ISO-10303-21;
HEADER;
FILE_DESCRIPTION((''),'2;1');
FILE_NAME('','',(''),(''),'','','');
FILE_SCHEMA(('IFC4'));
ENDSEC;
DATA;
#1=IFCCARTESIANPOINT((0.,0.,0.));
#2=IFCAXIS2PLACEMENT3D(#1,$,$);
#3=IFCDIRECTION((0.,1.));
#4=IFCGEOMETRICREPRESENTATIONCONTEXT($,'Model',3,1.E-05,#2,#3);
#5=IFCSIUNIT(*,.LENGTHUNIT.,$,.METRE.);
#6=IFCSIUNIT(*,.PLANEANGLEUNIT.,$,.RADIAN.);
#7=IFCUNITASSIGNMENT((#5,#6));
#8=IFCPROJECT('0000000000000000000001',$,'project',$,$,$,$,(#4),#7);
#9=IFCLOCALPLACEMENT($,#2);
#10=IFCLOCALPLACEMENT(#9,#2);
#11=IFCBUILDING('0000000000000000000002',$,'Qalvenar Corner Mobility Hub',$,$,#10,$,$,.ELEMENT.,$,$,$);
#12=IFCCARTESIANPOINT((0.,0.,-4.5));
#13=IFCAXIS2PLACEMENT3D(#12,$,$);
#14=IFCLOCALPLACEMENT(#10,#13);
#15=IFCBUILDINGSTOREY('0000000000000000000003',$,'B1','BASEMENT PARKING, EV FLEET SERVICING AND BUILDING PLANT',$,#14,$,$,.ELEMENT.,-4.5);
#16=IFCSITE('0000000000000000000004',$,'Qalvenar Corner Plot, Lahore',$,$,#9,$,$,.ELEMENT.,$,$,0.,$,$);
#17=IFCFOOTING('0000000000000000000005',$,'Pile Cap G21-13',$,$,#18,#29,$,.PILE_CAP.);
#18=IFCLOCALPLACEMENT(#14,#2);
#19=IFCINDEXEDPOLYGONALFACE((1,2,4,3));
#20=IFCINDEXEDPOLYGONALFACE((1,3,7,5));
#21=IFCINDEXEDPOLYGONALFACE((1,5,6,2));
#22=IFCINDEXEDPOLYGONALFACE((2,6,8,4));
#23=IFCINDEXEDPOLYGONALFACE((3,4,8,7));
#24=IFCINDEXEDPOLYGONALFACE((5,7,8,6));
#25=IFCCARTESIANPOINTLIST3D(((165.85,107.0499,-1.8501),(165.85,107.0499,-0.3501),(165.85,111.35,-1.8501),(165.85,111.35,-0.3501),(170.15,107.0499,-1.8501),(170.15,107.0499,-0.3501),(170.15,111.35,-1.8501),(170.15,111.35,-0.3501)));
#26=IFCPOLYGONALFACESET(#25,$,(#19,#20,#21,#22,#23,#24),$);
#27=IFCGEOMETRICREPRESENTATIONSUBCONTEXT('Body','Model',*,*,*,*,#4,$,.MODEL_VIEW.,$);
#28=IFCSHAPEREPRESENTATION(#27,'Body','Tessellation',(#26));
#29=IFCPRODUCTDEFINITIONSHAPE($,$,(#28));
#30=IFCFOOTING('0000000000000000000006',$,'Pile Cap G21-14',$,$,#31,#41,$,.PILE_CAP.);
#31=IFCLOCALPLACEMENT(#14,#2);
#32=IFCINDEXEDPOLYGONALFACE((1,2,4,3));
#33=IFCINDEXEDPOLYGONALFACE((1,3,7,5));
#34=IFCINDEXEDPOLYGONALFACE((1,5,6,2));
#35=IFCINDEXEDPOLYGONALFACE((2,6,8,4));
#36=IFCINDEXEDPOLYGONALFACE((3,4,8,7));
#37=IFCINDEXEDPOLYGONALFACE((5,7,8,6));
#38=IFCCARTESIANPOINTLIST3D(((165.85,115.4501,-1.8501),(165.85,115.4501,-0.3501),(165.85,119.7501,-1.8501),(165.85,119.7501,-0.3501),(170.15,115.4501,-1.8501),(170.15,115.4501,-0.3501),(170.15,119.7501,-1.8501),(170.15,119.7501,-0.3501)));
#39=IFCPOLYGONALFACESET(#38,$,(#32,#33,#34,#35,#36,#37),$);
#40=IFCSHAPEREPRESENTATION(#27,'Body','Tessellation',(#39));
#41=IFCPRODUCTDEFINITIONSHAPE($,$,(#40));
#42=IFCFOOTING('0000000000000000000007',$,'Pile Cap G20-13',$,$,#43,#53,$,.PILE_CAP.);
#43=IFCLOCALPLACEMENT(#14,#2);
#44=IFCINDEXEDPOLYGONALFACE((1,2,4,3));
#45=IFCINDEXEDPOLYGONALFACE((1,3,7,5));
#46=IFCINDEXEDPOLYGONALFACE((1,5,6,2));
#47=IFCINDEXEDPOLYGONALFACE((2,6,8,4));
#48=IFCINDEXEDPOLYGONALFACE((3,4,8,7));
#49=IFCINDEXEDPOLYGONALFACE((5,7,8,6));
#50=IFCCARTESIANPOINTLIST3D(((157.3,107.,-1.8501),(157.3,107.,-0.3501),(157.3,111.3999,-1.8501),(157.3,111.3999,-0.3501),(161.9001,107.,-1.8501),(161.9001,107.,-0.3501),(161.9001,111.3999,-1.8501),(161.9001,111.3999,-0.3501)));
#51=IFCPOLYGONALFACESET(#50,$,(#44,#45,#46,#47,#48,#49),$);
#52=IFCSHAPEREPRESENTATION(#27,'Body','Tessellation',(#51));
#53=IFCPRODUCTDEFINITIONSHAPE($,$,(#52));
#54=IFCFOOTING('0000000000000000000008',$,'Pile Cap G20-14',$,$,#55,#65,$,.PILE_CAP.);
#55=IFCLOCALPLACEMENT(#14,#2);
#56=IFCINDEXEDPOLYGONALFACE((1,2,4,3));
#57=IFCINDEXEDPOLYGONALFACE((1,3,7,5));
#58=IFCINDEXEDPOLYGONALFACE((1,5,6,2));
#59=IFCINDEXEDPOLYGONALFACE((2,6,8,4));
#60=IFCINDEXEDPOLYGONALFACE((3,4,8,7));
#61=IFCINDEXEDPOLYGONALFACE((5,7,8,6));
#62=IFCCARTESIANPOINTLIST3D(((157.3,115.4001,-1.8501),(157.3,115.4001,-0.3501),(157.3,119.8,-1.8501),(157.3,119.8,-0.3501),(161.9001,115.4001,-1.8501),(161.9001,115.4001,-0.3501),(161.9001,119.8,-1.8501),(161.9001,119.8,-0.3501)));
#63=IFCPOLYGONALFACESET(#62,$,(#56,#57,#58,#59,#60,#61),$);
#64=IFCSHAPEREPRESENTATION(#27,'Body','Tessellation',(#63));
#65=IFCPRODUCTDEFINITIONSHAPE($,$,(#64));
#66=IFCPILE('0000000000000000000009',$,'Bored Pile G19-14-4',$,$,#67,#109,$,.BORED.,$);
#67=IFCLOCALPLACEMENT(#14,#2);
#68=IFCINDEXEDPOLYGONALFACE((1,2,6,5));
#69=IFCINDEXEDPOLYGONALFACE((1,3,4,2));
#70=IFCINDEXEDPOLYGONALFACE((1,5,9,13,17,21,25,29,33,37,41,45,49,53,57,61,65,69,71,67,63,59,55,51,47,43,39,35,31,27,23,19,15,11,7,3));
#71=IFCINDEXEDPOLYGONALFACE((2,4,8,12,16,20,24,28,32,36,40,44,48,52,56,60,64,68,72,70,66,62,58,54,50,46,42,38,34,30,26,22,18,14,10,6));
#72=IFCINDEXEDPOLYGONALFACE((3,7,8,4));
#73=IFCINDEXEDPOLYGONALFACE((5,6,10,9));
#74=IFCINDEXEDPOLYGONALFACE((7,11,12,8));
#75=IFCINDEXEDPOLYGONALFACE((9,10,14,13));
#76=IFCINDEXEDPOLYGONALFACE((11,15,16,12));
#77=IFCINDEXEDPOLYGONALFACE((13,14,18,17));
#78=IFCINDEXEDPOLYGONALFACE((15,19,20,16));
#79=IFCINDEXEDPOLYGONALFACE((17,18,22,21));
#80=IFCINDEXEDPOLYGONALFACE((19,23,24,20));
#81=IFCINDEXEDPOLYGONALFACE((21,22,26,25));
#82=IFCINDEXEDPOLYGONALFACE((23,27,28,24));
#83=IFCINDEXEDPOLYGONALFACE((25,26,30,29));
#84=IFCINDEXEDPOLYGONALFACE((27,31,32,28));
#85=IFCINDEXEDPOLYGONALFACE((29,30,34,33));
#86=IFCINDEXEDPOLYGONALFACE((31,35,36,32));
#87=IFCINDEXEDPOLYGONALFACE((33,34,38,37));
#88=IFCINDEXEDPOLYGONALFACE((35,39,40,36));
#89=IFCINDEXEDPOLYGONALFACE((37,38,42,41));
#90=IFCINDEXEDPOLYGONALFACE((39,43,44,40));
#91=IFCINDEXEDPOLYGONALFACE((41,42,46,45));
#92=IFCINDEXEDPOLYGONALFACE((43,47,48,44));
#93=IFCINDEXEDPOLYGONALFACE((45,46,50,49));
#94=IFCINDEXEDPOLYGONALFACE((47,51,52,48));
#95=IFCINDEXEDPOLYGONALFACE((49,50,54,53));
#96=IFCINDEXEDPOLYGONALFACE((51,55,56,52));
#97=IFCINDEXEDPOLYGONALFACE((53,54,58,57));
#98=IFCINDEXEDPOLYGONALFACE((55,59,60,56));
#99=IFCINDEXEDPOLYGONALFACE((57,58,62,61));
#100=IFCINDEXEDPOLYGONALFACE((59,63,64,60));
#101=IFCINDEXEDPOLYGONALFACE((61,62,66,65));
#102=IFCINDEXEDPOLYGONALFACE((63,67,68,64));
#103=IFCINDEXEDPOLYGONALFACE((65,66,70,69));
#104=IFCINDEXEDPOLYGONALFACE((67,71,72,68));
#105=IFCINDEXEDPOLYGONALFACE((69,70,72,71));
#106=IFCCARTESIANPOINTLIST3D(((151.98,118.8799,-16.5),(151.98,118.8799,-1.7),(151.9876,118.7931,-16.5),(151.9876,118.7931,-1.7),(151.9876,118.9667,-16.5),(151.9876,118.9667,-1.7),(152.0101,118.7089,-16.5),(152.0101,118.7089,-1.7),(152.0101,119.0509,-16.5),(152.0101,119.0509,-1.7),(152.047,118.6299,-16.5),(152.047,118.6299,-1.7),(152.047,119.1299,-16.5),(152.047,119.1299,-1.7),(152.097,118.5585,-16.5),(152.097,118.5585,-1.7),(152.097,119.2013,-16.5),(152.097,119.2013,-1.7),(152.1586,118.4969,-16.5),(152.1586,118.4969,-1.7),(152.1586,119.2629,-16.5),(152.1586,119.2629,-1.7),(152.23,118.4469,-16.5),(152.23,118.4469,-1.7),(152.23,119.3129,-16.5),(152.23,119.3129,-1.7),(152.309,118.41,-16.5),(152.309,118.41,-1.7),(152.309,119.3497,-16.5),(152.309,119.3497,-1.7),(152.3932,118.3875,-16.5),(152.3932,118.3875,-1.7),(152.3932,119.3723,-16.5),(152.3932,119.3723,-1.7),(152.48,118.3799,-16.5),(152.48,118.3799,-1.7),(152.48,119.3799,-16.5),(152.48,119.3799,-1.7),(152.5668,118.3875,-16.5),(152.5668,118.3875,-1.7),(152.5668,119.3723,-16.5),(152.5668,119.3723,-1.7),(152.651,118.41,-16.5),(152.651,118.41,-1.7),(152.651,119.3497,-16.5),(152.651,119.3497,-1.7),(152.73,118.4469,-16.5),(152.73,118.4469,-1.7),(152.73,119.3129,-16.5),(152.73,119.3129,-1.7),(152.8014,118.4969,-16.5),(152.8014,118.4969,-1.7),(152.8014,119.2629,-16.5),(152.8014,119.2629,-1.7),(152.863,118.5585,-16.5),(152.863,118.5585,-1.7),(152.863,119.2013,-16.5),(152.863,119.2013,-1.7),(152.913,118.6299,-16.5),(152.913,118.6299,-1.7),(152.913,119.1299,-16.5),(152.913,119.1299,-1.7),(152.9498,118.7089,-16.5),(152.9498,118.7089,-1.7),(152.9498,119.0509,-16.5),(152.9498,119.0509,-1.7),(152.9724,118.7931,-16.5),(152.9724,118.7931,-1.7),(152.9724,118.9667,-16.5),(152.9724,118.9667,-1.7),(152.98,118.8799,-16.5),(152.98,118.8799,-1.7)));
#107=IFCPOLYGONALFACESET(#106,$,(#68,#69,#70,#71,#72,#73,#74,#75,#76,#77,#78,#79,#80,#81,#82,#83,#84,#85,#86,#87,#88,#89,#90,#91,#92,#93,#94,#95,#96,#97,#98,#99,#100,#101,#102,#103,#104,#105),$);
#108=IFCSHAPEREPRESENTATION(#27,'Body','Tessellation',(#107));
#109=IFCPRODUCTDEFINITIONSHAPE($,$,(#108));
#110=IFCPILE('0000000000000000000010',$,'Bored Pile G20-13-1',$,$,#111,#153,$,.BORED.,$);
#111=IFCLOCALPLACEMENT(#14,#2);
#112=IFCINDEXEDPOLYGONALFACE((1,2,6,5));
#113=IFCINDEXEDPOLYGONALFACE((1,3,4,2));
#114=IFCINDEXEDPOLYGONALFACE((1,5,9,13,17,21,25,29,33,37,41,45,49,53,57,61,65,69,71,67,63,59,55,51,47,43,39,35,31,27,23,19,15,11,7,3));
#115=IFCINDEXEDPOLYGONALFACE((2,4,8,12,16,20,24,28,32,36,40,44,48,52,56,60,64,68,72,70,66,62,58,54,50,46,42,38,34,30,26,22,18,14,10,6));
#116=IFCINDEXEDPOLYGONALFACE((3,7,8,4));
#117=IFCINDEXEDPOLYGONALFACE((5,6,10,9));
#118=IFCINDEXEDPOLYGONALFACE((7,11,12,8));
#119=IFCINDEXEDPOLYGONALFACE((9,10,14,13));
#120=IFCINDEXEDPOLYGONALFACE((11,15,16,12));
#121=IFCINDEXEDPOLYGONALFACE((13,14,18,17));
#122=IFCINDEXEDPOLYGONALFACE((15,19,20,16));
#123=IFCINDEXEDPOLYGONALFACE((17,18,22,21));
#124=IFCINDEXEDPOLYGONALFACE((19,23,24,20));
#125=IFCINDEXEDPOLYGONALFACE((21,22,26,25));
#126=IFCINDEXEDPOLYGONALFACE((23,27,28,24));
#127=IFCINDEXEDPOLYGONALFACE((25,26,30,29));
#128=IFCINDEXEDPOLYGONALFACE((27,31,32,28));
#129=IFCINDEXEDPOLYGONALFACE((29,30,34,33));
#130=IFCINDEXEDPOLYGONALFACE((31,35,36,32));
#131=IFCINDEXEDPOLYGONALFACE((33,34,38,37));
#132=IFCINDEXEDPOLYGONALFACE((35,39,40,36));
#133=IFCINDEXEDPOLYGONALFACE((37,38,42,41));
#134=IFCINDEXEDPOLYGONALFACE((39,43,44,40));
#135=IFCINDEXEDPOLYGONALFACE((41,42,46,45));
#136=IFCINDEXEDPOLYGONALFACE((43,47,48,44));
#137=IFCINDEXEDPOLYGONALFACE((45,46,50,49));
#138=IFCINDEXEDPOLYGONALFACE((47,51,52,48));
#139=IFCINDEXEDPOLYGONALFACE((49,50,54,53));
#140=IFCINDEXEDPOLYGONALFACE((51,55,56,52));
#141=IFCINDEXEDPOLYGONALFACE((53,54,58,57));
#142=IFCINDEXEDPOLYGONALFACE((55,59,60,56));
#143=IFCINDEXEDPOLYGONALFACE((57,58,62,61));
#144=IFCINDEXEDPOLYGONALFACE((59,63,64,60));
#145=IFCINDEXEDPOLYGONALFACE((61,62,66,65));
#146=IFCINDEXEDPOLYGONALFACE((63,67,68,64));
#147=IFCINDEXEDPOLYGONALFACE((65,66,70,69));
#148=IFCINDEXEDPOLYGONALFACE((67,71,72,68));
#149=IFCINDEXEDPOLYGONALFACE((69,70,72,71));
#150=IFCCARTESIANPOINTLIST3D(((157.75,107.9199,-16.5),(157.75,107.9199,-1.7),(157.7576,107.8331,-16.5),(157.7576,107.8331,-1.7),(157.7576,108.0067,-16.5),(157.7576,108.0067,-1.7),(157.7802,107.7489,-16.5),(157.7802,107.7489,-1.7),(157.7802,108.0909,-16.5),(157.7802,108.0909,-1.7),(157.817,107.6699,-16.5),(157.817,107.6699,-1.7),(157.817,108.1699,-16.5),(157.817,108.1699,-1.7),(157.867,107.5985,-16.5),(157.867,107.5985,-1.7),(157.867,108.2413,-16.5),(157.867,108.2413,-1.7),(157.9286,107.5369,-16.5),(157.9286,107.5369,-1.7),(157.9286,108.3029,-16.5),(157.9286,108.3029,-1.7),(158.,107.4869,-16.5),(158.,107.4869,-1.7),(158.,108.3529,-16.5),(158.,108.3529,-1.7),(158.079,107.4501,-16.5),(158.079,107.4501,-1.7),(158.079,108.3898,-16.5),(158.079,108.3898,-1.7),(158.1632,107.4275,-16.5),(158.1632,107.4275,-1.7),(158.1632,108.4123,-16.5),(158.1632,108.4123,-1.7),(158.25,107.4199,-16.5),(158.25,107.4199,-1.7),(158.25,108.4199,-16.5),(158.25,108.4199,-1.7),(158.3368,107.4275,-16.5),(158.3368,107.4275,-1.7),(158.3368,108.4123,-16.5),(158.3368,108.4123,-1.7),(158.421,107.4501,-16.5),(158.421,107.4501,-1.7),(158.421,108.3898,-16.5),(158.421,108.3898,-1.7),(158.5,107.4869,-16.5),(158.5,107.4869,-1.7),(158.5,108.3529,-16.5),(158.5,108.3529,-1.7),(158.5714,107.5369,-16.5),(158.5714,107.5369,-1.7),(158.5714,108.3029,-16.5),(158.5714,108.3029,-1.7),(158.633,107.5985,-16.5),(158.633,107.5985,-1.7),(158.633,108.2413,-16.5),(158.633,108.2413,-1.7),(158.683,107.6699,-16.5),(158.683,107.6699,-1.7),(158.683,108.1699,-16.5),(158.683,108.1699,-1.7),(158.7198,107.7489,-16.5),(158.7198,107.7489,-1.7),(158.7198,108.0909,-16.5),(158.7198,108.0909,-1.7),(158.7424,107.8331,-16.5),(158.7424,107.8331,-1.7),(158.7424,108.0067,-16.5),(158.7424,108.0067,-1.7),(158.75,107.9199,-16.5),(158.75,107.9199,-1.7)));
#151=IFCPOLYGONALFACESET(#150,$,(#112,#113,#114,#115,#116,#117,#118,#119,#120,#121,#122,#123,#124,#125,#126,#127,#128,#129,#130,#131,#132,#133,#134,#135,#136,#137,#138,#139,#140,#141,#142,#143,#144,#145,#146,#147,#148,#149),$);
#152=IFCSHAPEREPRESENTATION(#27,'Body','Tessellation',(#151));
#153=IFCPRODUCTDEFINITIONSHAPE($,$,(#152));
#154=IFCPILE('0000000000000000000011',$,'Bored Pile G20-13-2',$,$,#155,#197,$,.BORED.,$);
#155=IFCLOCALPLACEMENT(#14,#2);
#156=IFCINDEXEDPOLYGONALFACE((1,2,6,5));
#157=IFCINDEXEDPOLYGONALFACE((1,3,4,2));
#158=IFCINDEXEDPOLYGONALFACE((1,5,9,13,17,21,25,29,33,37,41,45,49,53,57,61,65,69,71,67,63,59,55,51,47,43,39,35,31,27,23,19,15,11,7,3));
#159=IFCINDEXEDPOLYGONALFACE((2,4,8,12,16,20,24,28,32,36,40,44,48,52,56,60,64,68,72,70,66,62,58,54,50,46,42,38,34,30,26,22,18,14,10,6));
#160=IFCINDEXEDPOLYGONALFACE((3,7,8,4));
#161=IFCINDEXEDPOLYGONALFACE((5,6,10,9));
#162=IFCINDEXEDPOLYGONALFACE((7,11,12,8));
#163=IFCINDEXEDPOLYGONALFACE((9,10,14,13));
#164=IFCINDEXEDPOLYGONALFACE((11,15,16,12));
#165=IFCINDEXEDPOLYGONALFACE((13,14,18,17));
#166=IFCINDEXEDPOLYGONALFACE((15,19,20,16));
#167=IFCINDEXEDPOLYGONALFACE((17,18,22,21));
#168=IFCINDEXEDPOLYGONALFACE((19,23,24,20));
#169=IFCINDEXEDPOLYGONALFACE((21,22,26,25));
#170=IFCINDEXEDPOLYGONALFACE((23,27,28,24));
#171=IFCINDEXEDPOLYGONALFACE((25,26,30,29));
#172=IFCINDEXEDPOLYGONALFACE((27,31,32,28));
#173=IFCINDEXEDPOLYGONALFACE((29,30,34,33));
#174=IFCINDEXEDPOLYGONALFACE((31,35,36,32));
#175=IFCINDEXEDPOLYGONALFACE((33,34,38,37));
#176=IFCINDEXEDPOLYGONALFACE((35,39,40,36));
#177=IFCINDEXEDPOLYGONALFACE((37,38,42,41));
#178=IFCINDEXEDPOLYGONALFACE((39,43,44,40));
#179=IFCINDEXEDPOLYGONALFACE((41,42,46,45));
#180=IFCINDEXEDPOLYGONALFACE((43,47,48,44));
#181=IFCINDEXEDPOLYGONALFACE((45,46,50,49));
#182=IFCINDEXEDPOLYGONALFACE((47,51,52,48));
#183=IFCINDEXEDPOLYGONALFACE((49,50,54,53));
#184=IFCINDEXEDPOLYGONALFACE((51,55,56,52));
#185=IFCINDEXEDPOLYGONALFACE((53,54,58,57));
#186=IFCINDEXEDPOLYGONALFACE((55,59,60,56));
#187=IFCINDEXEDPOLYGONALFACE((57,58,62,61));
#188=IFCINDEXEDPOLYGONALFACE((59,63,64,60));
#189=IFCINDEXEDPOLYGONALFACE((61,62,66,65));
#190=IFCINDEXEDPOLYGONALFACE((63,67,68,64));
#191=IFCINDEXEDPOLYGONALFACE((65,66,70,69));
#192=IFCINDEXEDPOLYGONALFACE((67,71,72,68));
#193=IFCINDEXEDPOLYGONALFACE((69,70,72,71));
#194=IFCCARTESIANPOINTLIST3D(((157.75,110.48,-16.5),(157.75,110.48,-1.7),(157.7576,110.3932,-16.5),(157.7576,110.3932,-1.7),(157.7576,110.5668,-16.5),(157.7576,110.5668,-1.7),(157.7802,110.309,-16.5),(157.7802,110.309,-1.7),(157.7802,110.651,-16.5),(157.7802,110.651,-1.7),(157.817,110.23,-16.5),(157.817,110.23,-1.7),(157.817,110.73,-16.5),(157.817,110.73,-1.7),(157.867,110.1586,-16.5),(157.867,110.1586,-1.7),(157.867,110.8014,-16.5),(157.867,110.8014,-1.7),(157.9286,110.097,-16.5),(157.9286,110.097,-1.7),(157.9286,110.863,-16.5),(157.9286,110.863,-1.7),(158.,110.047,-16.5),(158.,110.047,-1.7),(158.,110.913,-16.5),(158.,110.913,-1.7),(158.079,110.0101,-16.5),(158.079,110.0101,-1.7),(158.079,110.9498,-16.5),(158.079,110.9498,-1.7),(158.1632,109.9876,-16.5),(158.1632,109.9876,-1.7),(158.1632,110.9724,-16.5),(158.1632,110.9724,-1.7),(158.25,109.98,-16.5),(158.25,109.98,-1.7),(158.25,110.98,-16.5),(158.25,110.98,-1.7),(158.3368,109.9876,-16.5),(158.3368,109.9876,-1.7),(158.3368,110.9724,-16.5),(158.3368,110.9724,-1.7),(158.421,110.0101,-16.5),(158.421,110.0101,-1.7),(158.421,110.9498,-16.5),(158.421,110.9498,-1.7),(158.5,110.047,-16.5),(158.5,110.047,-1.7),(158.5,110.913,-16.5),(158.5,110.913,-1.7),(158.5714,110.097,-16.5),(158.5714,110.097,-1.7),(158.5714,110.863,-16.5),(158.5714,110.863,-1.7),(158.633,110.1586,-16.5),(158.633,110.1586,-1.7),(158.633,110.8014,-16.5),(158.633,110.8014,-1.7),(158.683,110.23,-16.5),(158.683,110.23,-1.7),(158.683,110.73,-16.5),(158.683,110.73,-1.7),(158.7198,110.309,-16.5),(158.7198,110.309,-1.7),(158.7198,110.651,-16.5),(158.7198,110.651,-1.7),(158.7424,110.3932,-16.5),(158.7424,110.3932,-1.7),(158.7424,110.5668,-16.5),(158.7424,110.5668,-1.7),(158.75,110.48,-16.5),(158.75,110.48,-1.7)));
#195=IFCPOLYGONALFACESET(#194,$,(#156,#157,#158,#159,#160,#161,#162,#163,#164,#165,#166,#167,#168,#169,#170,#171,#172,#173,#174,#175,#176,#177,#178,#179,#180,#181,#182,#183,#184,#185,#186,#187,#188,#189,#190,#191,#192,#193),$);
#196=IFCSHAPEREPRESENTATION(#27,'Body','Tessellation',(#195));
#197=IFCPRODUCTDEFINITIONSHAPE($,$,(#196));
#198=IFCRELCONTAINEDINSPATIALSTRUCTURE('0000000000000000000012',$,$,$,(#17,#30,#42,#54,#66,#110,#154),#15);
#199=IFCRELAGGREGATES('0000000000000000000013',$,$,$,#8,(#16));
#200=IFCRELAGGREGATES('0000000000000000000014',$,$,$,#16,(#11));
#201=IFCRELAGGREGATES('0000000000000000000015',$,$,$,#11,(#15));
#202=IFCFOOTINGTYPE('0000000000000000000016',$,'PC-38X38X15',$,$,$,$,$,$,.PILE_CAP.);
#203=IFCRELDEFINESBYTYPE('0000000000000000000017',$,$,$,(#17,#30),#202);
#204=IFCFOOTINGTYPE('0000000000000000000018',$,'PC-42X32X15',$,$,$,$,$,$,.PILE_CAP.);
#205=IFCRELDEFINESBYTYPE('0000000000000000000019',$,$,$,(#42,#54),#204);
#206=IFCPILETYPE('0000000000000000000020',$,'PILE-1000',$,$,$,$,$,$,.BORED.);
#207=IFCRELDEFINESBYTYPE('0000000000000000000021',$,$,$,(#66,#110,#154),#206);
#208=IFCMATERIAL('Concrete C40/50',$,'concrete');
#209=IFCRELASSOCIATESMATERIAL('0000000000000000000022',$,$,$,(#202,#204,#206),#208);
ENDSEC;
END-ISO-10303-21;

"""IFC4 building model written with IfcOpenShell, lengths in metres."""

from ifc_helpers import new_model, si_unit, direction, frame, origin, origin_2d, place, context, subcontext, project, spatial, rectangle, circle, extrude, material, material_profile, profile_set, type_object, element, save


model = new_model("IFC4")

# Units and contexts
model_context = context("Model", 3, precision=1e-05, world=origin(), true_north=direction((0.0, 1.0)))
body_context = subcontext(model_context, "Body", "Model", "MODEL_VIEW")
ifc_project = project(units=[si_unit("LENGTHUNIT", "METRE"), si_unit("PLANEANGLEUNIT", "RADIAN")], contexts=[model_context])

# Site, building, storey
site_placement = place(None, origin())
site = spatial("IfcSite", under=ifc_project, at=site_placement, Name="Qalvenar Corner Plot, Lahore", CompositionType="ELEMENT", RefElevation=0.0)
building_placement = place(site_placement, origin())
building = spatial("IfcBuilding", under=site, at=building_placement, Name="Qalvenar Corner Mobility Hub", CompositionType="ELEMENT")
storey_placement = place(building_placement, frame((0.0, 0.0, -4.5)))
storey = spatial("IfcBuildingStorey", under=building, at=storey_placement, Name="B1", Description="BASEMENT PARKING, EV FLEET SERVICING AND BUILDING PLANT", CompositionType="ELEMENT", Elevation=-4.5)

# Footings
ifc_material_1 = material(Name="Concrete C40/50", Category="concrete")
footing_type_1 = type_object("IfcFootingType", Name="PC-38X38X15", PredefinedType="PILE_CAP", material=ifc_material_1)
for number, where, z_axis, x_axis, name in (
    (1, (168.0, 109.2, -1.8501), (0.0, 0.0, 1.0), (1.0, 0.0, 0.0), "Pile Cap G21-13"),
    (2, (168.0, 117.6001, -1.8501), (0.0, 0.0, 1.0), (1.0, 0.0, 0.0), "Pile Cap G21-14"),
):
    element("IfcFooting", number, at=place(storey_placement, frame(where, z_axis=z_axis, x_axis=x_axis)), inside=storey, type_object=footing_type_1, Name=name, PredefinedType="PILE_CAP", context=body_context, shape_type="SweptSolid", body=[
        extrude(rectangle(XDim=4.3, YDim=4.3, at=origin_2d()), origin(), (0.0, 0.0, 1.0), 1.5),
    ])
footing_type_2 = type_object("IfcFootingType", Name="PC-42X32X15", PredefinedType="PILE_CAP", material=ifc_material_1)
for number, where, z_axis, x_axis, name in (
    (3, (159.6001, 109.2, -1.8501), (0.0, 0.0, 1.0), (1.0, 0.0, 0.0), "Pile Cap G20-13"),
    (4, (159.6001, 117.6001, -1.8501), (0.0, 0.0, 1.0), (1.0, 0.0, 0.0), "Pile Cap G20-14"),
):
    element("IfcFooting", number, at=place(storey_placement, frame(where, z_axis=z_axis, x_axis=x_axis)), inside=storey, type_object=footing_type_2, Name=name, PredefinedType="PILE_CAP", context=body_context, shape_type="SweptSolid", body=[
        extrude(rectangle(XDim=4.6001, YDim=4.3999, at=origin_2d()), origin(), (0.0, 0.0, 1.0), 1.5),
    ])

# Piles
ifc_material_profile_1 = material_profile(ifc_material_1, circle(Radius=0.5, at=origin_2d()), Name="DIA1000")
ifc_profile_set_1 = profile_set([ifc_material_profile_1], Name="Concrete C40/50")
pile_type = type_object("IfcPileType", Name="PILE-1000", PredefinedType="BORED", material=ifc_profile_set_1)
for number, where, z_axis, x_axis, name in (
    (5, (152.48, 118.8799, -1.7), (0.0, 0.0, -1.0), (1.0, 0.0, 0.0), "Bored Pile G19-14-4"),
    (6, (158.25, 107.9199, -1.7), (0.0, 0.0, -1.0), (1.0, 0.0, 0.0), "Bored Pile G20-13-1"),
    (7, (158.25, 110.48, -1.7), (0.0, 0.0, -1.0), (1.0, 0.0, 0.0), "Bored Pile G20-13-2"),
):
    element("IfcPile", number, at=place(storey_placement, frame(where, z_axis=z_axis, x_axis=x_axis)), inside=storey, type_object=pile_type, Name=name, PredefinedType="BORED", context=body_context, shape_type="SweptSolid", body=[
        extrude(circle(Radius=0.5, at=origin_2d()), origin(), (0.0, 0.0, 1.0), 14.8),
    ])

save(model, "model.ifc")
